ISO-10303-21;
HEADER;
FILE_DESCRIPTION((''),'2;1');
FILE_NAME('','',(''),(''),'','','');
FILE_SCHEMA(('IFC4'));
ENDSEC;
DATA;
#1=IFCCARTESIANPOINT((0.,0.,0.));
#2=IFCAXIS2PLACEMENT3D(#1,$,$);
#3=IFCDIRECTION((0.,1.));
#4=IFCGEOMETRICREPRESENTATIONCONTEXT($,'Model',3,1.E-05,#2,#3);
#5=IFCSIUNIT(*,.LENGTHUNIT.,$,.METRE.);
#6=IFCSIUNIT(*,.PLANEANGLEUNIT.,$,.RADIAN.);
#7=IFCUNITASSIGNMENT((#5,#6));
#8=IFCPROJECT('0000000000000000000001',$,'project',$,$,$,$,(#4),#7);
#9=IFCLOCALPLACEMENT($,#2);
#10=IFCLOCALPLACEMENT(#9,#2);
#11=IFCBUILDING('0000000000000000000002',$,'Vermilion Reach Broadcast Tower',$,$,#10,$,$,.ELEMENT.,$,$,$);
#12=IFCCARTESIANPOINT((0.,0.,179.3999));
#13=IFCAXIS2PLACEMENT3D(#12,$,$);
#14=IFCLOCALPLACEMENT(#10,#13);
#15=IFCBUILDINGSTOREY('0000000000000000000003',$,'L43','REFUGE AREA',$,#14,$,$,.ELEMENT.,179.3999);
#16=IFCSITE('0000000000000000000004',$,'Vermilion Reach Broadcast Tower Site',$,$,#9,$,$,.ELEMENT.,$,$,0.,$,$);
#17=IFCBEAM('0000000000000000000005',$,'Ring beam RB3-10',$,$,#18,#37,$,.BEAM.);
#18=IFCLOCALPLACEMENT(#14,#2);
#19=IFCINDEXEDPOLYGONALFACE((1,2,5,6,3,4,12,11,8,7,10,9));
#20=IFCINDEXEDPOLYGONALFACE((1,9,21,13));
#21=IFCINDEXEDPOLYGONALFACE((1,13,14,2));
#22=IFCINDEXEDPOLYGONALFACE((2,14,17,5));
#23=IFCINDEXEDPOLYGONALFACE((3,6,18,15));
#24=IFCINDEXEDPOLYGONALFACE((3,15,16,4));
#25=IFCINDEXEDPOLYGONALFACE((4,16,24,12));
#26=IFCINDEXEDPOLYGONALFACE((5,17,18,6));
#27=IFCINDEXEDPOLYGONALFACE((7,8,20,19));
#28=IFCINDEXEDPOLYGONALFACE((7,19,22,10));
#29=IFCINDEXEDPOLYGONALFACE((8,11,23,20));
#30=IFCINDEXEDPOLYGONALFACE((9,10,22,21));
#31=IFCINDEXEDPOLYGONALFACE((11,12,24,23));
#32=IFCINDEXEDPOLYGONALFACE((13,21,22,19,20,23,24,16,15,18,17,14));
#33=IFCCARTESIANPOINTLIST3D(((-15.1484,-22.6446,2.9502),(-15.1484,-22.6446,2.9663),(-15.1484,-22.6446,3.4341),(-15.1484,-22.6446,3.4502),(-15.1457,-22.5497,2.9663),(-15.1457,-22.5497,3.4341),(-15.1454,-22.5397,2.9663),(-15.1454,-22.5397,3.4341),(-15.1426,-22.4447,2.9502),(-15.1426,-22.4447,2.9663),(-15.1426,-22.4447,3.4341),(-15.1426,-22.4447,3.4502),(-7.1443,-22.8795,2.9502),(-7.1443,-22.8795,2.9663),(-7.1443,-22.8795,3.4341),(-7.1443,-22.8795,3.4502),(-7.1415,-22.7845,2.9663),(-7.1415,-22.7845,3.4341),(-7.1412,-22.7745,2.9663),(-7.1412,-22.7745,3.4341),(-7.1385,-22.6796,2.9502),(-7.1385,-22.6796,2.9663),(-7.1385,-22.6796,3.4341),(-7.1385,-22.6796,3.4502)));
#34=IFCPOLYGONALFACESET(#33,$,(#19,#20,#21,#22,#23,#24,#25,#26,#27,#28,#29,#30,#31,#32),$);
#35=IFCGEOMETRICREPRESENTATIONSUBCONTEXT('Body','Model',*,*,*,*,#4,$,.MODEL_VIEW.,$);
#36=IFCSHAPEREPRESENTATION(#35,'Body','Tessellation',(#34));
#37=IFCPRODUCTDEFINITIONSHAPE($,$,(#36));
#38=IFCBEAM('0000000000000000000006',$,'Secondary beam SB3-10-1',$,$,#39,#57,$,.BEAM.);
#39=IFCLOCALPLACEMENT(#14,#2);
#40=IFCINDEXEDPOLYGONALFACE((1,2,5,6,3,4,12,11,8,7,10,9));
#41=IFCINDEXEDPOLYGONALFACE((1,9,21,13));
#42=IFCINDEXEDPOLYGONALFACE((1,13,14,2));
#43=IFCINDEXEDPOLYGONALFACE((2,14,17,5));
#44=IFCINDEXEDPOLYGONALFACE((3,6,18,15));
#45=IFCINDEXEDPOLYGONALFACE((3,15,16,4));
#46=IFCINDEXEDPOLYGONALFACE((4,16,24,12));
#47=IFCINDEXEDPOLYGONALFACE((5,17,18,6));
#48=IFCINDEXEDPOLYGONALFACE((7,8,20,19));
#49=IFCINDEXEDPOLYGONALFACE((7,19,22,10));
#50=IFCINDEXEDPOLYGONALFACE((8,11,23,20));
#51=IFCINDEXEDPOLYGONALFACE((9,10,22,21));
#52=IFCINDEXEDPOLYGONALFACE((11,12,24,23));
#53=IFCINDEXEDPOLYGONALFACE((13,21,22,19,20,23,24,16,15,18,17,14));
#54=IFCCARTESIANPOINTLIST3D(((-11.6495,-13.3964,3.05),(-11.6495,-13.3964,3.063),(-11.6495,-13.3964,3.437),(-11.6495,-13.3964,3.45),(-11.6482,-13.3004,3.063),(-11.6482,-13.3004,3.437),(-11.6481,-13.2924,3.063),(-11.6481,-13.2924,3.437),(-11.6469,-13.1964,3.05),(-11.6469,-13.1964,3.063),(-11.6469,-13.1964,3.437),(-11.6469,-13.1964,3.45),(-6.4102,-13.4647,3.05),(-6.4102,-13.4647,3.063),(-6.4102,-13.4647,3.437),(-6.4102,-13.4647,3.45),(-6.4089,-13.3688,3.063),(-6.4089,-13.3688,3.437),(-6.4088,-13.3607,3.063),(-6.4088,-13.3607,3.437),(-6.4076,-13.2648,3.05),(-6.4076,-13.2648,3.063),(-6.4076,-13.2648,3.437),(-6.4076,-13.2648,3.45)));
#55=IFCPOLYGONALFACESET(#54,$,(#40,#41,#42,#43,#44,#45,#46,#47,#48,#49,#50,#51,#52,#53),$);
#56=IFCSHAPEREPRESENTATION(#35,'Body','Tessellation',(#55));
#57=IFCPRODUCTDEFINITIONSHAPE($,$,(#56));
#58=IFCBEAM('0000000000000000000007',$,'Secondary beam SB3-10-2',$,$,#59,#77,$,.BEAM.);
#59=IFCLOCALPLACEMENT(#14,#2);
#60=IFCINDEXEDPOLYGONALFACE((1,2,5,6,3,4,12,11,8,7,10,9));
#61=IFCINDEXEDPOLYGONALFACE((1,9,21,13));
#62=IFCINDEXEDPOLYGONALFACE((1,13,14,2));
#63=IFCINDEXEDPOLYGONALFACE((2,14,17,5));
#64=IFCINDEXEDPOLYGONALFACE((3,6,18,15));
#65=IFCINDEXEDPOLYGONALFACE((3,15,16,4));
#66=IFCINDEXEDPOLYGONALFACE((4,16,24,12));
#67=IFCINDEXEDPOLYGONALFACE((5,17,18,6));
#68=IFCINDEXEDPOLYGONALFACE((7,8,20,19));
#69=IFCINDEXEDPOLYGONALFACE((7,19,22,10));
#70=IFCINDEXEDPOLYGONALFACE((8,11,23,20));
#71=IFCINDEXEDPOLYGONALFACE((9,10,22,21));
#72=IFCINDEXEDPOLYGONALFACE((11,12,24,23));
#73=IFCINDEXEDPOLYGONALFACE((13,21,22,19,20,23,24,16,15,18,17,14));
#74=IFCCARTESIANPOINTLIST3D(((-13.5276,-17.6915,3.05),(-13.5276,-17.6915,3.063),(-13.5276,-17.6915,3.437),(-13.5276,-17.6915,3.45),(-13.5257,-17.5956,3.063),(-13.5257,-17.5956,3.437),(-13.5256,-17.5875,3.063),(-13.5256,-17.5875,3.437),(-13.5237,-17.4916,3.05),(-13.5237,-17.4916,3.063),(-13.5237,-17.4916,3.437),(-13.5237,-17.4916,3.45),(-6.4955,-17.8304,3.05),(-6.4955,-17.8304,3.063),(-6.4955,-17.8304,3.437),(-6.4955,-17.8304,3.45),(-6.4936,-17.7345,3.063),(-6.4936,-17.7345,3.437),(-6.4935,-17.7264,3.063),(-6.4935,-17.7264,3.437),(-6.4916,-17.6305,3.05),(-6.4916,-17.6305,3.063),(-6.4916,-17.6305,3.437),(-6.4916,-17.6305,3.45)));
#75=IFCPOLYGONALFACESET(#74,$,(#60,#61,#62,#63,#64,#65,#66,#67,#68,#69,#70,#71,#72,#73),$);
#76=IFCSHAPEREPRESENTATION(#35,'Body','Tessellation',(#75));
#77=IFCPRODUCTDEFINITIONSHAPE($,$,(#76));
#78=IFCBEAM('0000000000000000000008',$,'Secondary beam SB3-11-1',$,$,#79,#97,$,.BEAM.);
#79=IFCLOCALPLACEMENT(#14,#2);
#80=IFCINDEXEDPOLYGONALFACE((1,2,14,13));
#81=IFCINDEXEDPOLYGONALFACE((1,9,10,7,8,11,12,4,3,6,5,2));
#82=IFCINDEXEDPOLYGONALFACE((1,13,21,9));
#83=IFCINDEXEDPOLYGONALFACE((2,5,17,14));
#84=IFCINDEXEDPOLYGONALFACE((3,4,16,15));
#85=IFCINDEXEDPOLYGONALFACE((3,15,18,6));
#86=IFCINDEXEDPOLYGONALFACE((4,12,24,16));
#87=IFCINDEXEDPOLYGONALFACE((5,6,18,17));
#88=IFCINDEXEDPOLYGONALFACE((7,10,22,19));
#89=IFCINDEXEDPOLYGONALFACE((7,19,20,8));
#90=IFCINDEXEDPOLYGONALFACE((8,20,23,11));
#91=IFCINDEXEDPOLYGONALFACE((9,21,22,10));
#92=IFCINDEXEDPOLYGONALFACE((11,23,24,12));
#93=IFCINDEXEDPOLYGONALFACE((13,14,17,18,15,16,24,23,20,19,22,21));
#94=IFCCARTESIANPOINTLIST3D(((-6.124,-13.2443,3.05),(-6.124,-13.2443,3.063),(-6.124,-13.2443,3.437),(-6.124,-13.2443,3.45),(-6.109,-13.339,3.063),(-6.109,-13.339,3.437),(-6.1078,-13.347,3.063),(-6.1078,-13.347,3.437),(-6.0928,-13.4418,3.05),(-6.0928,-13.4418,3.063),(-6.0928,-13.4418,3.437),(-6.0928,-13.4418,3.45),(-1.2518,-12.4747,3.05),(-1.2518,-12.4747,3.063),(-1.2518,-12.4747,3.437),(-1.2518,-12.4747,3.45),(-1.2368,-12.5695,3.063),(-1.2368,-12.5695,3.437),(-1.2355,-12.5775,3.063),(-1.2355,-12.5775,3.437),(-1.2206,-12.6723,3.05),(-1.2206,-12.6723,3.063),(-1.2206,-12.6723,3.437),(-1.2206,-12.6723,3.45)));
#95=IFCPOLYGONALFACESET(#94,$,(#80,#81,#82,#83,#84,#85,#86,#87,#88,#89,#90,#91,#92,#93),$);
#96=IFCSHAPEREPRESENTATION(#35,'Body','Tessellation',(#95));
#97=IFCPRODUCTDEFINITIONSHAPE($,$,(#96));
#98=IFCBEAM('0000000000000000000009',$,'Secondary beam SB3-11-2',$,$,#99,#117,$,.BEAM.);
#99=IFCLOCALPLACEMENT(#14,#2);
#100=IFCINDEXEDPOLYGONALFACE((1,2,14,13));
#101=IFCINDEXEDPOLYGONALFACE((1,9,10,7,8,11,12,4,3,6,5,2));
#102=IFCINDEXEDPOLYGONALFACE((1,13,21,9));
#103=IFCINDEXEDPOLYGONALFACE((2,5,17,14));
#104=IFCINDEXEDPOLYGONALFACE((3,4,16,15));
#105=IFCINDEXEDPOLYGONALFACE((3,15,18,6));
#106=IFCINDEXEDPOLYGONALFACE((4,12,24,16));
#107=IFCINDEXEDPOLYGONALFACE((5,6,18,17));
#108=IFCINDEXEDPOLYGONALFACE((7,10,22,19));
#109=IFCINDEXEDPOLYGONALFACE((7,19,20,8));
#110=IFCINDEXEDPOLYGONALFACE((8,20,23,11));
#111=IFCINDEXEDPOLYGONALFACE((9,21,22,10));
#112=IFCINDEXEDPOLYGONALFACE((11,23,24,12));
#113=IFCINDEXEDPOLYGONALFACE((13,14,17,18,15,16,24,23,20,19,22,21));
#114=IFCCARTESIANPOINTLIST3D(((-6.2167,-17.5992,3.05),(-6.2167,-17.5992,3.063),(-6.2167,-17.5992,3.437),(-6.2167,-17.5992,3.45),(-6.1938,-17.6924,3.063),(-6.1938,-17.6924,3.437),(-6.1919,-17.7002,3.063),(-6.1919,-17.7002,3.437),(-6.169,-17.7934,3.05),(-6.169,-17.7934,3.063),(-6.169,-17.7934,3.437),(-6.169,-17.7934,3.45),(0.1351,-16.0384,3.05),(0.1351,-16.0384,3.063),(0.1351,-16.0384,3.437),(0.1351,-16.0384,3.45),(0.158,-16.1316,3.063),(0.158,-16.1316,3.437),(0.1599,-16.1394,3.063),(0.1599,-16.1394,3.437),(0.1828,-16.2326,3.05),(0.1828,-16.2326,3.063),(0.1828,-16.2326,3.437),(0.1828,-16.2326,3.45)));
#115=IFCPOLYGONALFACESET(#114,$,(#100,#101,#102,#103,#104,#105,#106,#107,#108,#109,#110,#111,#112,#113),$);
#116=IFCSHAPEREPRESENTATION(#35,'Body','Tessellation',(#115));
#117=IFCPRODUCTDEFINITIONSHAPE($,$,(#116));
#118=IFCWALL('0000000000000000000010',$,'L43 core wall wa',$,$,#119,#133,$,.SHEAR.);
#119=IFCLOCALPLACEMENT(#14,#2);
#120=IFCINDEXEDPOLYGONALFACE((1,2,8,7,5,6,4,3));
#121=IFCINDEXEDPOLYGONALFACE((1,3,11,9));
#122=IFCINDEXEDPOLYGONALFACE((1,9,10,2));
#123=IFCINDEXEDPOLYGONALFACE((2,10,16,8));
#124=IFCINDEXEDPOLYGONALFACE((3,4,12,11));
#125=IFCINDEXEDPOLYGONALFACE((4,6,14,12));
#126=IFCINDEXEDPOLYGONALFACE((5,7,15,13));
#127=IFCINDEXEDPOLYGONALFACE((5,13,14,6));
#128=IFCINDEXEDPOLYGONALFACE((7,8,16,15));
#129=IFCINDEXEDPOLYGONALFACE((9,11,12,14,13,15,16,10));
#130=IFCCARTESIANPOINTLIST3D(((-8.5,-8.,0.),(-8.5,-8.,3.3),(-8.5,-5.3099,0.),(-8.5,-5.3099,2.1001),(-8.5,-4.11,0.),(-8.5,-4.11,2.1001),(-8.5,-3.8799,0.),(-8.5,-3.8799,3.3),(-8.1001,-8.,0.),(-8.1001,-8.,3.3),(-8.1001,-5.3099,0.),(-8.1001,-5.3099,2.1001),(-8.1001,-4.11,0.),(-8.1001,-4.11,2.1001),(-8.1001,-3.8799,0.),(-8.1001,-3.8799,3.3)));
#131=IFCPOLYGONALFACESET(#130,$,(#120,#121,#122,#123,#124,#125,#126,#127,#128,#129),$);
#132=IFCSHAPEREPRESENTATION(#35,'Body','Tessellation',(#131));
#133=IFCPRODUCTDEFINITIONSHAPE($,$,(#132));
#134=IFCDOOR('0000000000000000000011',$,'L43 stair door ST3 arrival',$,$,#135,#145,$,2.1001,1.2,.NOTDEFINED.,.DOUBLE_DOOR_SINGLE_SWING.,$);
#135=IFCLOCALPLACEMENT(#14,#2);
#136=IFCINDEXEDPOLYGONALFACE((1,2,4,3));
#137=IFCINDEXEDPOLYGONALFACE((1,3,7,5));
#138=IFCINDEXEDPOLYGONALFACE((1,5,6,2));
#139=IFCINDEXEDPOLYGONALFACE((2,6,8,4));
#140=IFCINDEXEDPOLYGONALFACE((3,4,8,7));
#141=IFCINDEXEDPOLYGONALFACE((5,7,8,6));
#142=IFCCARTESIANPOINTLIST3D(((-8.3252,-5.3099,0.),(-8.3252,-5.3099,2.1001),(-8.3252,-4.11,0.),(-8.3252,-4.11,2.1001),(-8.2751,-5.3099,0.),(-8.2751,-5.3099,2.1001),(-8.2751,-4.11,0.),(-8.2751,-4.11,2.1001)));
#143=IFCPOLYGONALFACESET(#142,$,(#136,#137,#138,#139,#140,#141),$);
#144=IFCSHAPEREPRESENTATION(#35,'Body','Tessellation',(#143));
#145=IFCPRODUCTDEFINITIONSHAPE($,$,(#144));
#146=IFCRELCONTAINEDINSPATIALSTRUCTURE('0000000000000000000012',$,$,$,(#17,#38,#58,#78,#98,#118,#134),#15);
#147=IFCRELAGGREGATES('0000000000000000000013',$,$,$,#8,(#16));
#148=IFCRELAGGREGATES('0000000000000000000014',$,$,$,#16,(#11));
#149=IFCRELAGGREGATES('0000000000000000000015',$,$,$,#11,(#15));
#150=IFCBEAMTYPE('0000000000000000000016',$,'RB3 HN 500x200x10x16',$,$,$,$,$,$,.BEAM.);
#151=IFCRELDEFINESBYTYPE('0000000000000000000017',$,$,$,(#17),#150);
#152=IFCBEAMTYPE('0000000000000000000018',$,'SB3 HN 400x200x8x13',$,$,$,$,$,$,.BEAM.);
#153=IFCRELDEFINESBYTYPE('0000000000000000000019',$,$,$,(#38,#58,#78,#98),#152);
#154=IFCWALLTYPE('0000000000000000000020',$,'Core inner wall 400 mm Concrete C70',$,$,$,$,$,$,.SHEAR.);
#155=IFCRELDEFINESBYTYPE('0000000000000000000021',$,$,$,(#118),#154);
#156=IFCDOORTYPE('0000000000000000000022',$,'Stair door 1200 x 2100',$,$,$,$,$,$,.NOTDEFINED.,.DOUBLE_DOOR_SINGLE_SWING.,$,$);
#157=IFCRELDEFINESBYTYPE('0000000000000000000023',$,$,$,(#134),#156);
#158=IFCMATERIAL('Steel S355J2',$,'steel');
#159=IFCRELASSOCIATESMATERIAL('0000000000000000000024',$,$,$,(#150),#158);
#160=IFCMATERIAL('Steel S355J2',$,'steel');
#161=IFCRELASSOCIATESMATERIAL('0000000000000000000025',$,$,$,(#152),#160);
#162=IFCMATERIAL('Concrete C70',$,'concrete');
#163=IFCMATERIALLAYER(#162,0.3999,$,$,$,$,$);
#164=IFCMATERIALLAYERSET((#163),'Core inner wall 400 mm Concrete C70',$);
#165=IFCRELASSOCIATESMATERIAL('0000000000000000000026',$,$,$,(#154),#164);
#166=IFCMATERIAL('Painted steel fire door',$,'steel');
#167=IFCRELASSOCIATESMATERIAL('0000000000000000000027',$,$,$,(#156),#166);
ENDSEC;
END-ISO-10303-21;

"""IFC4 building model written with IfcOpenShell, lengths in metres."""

from ifc_helpers import new_model, si_unit, direction, frame, frame_2d, origin, origin_2d, place, context, subcontext, project, spatial, rectangle, i_section, extrude, material, layer, layer_set, material_profile, profile_set, type_object, element, fill, save


model = new_model("IFC4")

# Units and contexts
model_context = context("Model", 3, precision=1e-05, world=origin(), true_north=direction((0.0, 1.0)))
body_context = subcontext(model_context, "Body", "Model", "MODEL_VIEW")
ifc_project = project(units=[si_unit("LENGTHUNIT", "METRE"), si_unit("PLANEANGLEUNIT", "RADIAN")], contexts=[model_context])

# Site, building, storey
site_placement = place(None, origin())
site = spatial("IfcSite", under=ifc_project, at=site_placement, Name="Vermilion Reach Broadcast Tower Site", CompositionType="ELEMENT", RefElevation=0.0)
building_placement = place(site_placement, origin())
building = spatial("IfcBuilding", under=site, at=building_placement, Name="Vermilion Reach Broadcast Tower", CompositionType="ELEMENT")
storey_placement = place(building_placement, frame((0.0, 0.0, 179.3999)))
storey = spatial("IfcBuildingStorey", under=building, at=storey_placement, Name="L43", Description="REFUGE AREA", CompositionType="ELEMENT", Elevation=179.3999)

# Beams
ifc_material_1 = material(Name="Steel S355J2", Category="steel")
ifc_material_profile_1 = material_profile(ifc_material_1, i_section(OverallWidth=0.2, OverallDepth=0.5, WebThickness=0.01, FlangeThickness=0.0161, at=origin_2d()), Name="S355J2 HN 500x200x10x16")
ifc_profile_set_1 = profile_set([ifc_material_profile_1], Name="Steel S355J2")
beam_type_1 = type_object("IfcBeamType", Name="RB3 HN 500x200x10x16", PredefinedType="BEAM", material=ifc_profile_set_1)
beam_1_placement = place(storey_placement, frame((-15.1455, -22.5447, 3.2002), z_axis=(0.99957, -0.02933, 0.0), x_axis=(0.02933, 0.99957, 0.0)))
element("IfcBeam", 1, at=beam_1_placement, inside=storey, type_object=beam_type_1, Name="Ring beam RB3-10", PredefinedType="BEAM", context=body_context, shape_type="SweptSolid", body=[
    extrude(i_section(OverallWidth=0.2, OverallDepth=0.5, WebThickness=0.01, FlangeThickness=0.0161, at=origin_2d()), origin(), (0.0, 0.0, 1.0), 8.0076),
])
ifc_material_2 = material(Name="Steel S355J2", Category="steel")
ifc_material_profile_2 = material_profile(ifc_material_2, i_section(OverallWidth=0.2, OverallDepth=0.3999, WebThickness=0.0081, FlangeThickness=0.0129, at=origin_2d()), Name="S355J2 HN 400x200x8x13")
ifc_profile_set_2 = profile_set([ifc_material_profile_2], Name="Steel S355J2")
beam_type_2 = type_object("IfcBeamType", Name="SB3 HN 400x200x8x13", PredefinedType="BEAM", material=ifc_profile_set_2)
beam_2_placement = place(storey_placement, frame((-11.6482, -13.2964, 3.25), z_axis=(0.999915, -0.013046, 0.0), x_axis=(0.013046, 0.999915, 0.0)))
element("IfcBeam", 2, at=beam_2_placement, inside=storey, type_object=beam_type_2, Name="Secondary beam SB3-10-1", PredefinedType="BEAM", context=body_context, shape_type="SweptSolid", body=[
    extrude(i_section(OverallWidth=0.2, OverallDepth=0.3999, WebThickness=0.0081, FlangeThickness=0.0129, at=origin_2d()), origin(), (0.0, 0.0, 1.0), 5.2397),
])
beam_3_placement = place(storey_placement, frame((-13.5256, -17.5916, 3.25), z_axis=(0.999805, -0.019751, 0.0), x_axis=(0.019751, 0.999805, 0.0)))
element("IfcBeam", 3, at=beam_3_placement, inside=storey, type_object=beam_type_2, Name="Secondary beam SB3-10-2", PredefinedType="BEAM", context=body_context, shape_type="SweptSolid", body=[
    extrude(i_section(OverallWidth=0.2, OverallDepth=0.3999, WebThickness=0.0081, FlangeThickness=0.0129, at=origin_2d()), origin(), (0.0, 0.0, 1.0), 7.0334),
])
beam_4_placement = place(storey_placement, frame((-6.1084, -13.343, 3.25), z_axis=(0.987756, 0.156006, 0.0), x_axis=(-0.156006, 0.987756, 0.0)))
element("IfcBeam", 4, at=beam_4_placement, inside=storey, type_object=beam_type_2, Name="Secondary beam SB3-11-1", PredefinedType="BEAM", context=body_context, shape_type="SweptSolid", body=[
    extrude(i_section(OverallWidth=0.2, OverallDepth=0.3999, WebThickness=0.0081, FlangeThickness=0.0129, at=origin_2d()), origin(), (0.0, 0.0, 1.0), 4.9326),
])
beam_5_placement = place(storey_placement, frame((-6.1929, -17.6963, 3.25), z_axis=(0.971112, 0.238625, 0.0), x_axis=(-0.238625, 0.971112, 0.0)))
element("IfcBeam", 5, at=beam_5_placement, inside=storey, type_object=beam_type_2, Name="Secondary beam SB3-11-2", PredefinedType="BEAM", context=body_context, shape_type="SweptSolid", body=[
    extrude(i_section(OverallWidth=0.2, OverallDepth=0.3999, WebThickness=0.0081, FlangeThickness=0.0129, at=origin_2d()), origin(), (0.0, 0.0, 1.0), 6.5408),
])

# Wall, opening, door
ifc_material_3 = material(Name="Concrete C70", Category="concrete")
ifc_layer_1 = layer(ifc_material_3, 0.3999)
ifc_layer_set_1 = layer_set([ifc_layer_1], Name="Core inner wall 400 mm Concrete C70")
wall_type_1 = type_object("IfcWallType", Name="Core inner wall 400 mm Concrete C70", PredefinedType="SHEAR", material=ifc_layer_set_1)
wall_1_placement = place(storey_placement, frame((-8.3, -3.8799, 0.0), z_axis=(0.0, 0.0, 1.0), x_axis=(0.0, -1.0, 0.0)))
wall_1 = element("IfcWall", 6, at=wall_1_placement, inside=storey, type_object=wall_type_1, Name="L43 core wall wa", PredefinedType="SHEAR", context=body_context, shape_type="SweptSolid", body=[
    extrude(rectangle(XDim=4.1201, YDim=0.3999, at=frame_2d((2.0601, 0.0))), origin(), (0.0, 0.0, 1.0), 3.3),
])
opening_1_placement = place(wall_1_placement, frame((0.23, 0.0, 0.0)))
opening_1 = element("IfcOpeningElement", 7, at=opening_1_placement, cuts=wall_1, PredefinedType="OPENING", context=body_context, shape_type="SweptSolid", body=[
    extrude(rectangle(XDim=1.2, YDim=2.1001, at=frame_2d((0.6001, 1.05))), frame((0.0, 0.21, 0.0), z_axis=(0.0, -1.0, 0.0), x_axis=(1.0, 0.0, 0.0)), (0.0, 0.0, 1.0), 0.4199),
])
ifc_material_4 = material(Name="Painted steel fire door", Category="steel")
door_type_1 = type_object("IfcDoorType", Name="Stair door 1200 x 2100", OperationType="DOUBLE_DOOR_SINGLE_SWING", PredefinedType="NOTDEFINED", material=ifc_material_4)
door_1_placement = place(opening_1_placement, origin())
door_1 = element("IfcDoor", 8, at=door_1_placement, inside=storey, type_object=door_type_1, Name="L43 stair door ST3 arrival", OperationType="DOUBLE_DOOR_SINGLE_SWING", OverallHeight=2.1001, OverallWidth=1.2, PredefinedType="NOTDEFINED", context=body_context, shape_type="SweptSolid", body=[
    extrude(rectangle(XDim=1.2, YDim=2.1001, at=frame_2d((0.6001, 1.05))), frame((0.0, 0.0249, 0.0), z_axis=(0.0, -1.0, 0.0), x_axis=(1.0, 0.0, 0.0)), (0.0, 0.0, 1.0), 0.05),
])
fill(opening_1, door_1)

save(model, "model.ifc")
